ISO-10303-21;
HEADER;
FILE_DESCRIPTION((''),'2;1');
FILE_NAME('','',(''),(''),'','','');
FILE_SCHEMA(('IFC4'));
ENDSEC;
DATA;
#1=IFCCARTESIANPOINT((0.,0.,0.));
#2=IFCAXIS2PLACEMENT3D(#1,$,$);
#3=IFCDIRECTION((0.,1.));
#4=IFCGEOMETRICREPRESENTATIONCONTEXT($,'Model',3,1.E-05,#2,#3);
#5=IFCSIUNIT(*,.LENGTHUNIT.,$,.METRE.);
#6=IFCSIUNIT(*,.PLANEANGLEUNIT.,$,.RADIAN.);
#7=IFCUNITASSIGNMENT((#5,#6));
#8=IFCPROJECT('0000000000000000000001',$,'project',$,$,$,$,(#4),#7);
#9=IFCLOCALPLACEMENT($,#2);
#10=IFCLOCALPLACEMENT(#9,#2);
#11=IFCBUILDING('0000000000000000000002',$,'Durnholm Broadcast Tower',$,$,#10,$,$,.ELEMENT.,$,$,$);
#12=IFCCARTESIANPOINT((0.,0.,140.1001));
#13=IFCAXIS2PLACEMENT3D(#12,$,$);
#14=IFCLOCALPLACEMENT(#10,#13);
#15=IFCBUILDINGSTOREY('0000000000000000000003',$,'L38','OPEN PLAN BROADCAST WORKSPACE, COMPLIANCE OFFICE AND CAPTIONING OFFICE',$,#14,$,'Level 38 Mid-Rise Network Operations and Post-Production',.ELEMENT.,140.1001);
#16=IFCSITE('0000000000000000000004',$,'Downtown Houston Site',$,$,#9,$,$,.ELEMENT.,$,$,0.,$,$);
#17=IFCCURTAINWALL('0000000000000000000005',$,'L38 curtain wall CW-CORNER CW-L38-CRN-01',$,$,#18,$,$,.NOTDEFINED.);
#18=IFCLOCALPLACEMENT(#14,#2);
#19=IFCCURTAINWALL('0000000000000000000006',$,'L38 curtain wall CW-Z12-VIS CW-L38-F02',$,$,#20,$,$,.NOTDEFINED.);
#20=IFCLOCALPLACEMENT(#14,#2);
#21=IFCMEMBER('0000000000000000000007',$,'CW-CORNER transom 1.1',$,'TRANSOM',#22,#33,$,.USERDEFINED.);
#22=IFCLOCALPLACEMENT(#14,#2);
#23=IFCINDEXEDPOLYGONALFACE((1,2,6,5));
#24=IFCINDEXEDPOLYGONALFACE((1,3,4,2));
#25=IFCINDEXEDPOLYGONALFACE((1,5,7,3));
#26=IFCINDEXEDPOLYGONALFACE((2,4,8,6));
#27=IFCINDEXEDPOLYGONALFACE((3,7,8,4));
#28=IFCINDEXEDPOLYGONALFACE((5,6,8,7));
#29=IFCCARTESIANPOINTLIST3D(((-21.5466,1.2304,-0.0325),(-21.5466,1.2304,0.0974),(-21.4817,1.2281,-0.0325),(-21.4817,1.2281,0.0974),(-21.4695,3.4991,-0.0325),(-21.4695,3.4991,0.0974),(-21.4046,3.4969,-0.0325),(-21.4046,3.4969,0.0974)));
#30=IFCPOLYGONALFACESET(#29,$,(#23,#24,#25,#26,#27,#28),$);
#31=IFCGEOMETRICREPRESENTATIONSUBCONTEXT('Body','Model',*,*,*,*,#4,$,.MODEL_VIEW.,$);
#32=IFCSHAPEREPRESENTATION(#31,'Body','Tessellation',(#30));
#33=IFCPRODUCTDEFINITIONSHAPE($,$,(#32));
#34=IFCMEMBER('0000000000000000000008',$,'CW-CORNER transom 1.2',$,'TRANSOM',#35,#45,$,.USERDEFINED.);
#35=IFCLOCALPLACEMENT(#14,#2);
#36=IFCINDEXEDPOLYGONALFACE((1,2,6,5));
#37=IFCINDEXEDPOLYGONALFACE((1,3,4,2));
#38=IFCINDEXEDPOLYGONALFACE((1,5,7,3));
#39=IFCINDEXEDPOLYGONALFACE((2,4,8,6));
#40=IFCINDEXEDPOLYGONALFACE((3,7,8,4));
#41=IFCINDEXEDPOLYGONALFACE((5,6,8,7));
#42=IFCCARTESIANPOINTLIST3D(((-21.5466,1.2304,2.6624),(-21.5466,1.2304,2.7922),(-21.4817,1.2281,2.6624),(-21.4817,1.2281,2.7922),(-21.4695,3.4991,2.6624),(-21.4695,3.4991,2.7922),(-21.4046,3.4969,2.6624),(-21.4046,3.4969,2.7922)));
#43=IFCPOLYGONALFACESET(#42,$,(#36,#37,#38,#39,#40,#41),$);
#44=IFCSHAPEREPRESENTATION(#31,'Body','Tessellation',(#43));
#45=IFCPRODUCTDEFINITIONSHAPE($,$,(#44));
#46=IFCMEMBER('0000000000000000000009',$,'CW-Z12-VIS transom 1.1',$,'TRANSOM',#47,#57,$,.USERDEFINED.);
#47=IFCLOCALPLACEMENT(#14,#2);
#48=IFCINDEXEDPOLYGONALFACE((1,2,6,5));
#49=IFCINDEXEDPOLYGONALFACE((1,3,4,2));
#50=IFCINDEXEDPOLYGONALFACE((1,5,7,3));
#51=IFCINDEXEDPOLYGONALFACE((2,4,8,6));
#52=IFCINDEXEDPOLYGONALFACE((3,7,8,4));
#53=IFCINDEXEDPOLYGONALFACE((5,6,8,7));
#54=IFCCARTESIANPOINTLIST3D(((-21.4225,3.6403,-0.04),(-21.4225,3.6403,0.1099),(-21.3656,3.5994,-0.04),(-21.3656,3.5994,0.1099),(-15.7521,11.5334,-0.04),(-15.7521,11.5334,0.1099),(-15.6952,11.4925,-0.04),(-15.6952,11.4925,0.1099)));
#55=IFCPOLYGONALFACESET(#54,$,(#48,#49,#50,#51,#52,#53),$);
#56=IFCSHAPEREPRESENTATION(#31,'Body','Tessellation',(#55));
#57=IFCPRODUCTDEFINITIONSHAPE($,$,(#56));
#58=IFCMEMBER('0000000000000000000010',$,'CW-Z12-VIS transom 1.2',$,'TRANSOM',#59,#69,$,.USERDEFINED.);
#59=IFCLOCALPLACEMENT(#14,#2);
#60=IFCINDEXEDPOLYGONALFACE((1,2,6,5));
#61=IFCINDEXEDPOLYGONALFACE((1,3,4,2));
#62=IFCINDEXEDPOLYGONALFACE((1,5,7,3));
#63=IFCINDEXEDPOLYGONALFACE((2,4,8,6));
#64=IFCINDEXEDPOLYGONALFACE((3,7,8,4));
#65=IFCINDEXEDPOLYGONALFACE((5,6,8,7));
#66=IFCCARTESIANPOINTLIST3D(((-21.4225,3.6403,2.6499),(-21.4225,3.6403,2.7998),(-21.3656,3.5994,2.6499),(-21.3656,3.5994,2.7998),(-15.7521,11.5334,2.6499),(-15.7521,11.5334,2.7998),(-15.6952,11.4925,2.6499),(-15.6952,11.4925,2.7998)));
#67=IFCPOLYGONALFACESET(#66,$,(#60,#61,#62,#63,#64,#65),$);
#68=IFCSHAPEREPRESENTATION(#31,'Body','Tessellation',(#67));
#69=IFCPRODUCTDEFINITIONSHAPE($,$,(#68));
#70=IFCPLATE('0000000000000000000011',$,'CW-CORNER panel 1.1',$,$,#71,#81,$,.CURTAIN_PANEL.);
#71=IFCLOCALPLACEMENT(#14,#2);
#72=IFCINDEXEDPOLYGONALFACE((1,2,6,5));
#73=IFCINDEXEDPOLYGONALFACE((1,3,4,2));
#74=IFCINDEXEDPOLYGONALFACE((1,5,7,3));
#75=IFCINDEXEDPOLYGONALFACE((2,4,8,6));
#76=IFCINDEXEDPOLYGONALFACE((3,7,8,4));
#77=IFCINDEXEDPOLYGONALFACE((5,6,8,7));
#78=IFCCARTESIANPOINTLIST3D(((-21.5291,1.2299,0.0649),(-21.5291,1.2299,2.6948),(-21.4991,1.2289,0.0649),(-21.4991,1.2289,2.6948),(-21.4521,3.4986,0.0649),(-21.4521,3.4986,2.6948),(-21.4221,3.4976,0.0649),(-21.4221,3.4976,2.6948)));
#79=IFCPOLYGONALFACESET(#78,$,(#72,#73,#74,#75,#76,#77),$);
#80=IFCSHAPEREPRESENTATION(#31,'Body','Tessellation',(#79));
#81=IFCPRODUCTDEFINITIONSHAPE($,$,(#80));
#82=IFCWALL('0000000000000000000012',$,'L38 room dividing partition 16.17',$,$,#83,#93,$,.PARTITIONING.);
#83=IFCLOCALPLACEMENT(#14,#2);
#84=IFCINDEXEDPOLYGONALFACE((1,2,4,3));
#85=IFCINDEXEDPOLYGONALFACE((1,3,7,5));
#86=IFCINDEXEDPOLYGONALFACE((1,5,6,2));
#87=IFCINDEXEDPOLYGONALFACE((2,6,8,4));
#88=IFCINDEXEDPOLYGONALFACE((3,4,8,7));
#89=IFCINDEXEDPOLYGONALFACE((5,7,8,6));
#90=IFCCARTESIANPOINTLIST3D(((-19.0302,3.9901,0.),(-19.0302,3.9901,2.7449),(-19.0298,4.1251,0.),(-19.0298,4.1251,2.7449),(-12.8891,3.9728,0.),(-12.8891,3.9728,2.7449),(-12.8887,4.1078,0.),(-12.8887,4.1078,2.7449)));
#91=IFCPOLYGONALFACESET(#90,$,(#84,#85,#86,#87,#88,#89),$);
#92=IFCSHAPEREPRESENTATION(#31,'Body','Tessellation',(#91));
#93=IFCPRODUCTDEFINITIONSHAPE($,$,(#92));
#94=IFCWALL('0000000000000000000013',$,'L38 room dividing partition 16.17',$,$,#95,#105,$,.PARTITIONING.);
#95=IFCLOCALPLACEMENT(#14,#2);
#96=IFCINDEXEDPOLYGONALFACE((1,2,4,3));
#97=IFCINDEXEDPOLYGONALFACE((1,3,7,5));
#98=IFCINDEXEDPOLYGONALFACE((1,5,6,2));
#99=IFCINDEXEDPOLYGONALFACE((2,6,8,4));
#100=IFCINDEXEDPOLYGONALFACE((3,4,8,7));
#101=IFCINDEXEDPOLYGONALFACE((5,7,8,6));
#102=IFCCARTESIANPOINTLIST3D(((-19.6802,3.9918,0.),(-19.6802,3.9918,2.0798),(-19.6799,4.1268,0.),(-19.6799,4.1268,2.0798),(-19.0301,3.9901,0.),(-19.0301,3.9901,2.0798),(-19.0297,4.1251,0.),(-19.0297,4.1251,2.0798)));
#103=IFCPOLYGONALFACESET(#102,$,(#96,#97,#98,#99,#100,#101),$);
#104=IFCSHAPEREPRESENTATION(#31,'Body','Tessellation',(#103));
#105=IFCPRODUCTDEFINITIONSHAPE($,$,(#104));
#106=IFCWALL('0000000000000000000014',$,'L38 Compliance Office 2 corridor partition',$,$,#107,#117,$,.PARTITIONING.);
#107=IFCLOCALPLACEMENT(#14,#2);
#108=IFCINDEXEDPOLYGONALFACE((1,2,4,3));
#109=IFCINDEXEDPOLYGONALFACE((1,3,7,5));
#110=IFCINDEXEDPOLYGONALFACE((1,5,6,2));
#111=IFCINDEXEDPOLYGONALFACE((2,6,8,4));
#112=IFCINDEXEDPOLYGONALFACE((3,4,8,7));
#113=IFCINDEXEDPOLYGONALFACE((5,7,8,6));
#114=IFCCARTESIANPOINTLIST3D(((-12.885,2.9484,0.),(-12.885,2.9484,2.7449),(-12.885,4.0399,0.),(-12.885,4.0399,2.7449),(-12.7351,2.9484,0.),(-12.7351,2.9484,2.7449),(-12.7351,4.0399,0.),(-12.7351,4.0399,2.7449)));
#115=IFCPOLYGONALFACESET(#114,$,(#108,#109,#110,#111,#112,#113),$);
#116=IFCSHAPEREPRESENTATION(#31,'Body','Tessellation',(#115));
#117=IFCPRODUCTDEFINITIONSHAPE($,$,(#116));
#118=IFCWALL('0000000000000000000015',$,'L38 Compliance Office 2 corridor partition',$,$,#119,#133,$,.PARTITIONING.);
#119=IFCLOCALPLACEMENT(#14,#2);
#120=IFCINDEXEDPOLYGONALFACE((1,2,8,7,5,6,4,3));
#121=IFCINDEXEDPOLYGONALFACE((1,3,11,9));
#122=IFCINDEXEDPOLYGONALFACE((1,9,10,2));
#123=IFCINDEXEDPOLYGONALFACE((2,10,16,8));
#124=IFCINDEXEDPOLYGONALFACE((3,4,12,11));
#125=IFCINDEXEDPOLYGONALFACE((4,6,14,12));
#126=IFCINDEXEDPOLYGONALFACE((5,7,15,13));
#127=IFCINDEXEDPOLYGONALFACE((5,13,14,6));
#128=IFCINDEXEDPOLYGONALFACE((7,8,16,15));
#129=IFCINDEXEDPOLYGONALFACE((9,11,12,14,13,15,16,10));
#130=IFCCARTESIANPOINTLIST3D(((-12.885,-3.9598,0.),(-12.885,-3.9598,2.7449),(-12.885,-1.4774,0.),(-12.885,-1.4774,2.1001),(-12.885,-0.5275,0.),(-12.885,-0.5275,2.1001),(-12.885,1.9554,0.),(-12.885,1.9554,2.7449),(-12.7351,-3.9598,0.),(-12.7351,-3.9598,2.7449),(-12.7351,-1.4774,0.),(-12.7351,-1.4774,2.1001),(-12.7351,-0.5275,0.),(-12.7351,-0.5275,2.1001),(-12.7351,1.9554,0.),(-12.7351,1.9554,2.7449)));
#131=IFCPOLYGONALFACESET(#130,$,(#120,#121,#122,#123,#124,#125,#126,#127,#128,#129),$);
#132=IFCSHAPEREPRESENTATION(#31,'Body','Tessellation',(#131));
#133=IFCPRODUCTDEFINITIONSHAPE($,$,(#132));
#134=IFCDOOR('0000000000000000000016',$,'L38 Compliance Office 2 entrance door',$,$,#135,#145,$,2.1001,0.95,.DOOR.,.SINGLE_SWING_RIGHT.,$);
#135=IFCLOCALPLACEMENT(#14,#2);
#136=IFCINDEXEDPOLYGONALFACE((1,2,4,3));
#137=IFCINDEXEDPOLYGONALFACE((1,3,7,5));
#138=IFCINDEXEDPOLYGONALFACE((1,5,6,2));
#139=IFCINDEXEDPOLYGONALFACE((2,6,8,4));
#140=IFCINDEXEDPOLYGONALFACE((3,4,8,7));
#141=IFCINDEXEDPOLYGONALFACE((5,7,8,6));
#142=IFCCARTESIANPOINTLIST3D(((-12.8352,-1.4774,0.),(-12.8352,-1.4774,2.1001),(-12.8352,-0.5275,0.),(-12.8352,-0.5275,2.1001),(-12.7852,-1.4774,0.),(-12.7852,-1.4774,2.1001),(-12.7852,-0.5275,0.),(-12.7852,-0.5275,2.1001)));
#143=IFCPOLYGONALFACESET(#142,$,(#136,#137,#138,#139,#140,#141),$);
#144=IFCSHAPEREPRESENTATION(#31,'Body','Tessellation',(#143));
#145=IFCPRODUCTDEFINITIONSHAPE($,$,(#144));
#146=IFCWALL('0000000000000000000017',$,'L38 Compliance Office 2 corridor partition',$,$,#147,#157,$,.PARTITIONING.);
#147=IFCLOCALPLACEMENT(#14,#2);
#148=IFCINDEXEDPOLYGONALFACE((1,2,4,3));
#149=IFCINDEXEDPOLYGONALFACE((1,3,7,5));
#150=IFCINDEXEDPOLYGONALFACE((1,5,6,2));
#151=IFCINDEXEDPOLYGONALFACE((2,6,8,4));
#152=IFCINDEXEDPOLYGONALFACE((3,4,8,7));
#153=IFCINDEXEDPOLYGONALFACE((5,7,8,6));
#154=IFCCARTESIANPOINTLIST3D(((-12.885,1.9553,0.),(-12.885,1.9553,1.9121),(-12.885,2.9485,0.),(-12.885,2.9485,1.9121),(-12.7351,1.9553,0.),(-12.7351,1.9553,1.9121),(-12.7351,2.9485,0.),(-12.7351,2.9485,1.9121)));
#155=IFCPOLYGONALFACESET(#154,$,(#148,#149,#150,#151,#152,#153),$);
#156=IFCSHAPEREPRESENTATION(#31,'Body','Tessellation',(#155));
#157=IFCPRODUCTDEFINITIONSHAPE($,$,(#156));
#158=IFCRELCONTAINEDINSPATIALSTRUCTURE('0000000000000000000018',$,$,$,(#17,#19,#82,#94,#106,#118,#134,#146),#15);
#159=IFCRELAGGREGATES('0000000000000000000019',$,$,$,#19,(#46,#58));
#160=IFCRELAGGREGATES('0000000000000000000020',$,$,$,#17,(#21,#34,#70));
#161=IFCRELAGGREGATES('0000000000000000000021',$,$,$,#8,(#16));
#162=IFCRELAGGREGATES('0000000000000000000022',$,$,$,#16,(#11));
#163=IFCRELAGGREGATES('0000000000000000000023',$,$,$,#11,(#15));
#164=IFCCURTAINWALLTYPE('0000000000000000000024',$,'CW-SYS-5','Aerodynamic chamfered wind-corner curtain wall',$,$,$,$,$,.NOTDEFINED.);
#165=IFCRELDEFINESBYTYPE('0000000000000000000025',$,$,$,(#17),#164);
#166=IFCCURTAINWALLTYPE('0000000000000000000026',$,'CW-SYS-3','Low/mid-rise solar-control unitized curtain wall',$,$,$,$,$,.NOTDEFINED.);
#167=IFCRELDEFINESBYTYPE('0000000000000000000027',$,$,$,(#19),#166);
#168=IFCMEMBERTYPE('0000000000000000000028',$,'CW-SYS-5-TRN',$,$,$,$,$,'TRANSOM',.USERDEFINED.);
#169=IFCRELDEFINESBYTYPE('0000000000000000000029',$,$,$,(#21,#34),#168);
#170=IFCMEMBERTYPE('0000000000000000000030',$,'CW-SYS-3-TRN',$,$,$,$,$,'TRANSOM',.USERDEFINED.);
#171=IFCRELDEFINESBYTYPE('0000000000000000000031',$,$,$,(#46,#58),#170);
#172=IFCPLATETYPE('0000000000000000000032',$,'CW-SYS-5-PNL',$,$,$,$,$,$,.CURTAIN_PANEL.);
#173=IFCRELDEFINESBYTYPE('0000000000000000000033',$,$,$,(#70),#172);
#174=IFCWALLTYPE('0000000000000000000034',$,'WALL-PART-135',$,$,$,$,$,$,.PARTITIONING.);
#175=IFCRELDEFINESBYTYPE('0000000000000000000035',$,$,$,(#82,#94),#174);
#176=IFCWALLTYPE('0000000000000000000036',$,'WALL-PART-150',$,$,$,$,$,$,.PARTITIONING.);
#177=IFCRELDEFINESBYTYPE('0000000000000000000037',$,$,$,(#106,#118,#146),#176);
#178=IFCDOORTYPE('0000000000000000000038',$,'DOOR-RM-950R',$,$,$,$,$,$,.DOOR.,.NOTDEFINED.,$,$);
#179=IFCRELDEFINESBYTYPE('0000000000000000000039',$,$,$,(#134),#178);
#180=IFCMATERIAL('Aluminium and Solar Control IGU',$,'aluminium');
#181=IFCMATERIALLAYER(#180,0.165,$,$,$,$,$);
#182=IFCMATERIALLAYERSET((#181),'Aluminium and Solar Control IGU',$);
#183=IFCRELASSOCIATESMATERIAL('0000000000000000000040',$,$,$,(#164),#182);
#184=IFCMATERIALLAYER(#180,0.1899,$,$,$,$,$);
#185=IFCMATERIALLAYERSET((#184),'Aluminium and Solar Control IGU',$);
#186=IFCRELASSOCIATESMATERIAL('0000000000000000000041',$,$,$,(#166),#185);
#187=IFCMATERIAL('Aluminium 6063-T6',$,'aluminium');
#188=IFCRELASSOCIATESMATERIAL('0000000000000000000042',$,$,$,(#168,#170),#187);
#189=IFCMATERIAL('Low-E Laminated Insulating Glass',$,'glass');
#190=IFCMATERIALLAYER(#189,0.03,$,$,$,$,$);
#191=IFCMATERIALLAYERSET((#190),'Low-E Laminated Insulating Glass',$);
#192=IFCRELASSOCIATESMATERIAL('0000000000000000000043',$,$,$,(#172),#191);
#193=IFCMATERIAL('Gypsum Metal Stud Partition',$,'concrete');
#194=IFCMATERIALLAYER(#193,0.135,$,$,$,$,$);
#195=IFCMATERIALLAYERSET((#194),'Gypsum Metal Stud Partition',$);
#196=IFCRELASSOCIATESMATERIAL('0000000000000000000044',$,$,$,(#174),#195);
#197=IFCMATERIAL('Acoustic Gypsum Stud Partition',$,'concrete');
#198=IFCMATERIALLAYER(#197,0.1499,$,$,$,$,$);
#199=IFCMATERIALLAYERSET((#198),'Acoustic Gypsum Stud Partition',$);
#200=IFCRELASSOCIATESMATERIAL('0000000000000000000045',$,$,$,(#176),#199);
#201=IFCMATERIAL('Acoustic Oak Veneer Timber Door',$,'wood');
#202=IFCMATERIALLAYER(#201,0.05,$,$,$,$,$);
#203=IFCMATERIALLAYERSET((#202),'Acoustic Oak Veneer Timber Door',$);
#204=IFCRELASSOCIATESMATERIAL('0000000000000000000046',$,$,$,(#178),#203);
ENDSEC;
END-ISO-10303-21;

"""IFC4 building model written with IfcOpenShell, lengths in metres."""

from ifc_helpers import new_model, si_unit, direction, frame, frame_2d, origin, origin_2d, place, context, subcontext, project, spatial, rectangle, extrude, source, transform, mapped, material, layer, layer_set, material_profile, profile_set, type_object, type_shapes, element, fill, aggregate, save


model = new_model("IFC4")

# Units and contexts
model_context = context("Model", 3, precision=1e-05, world=origin(), true_north=direction((0.0, 1.0)))
body_context = subcontext(model_context, "Body", "Model", "MODEL_VIEW")
ifc_project = project(units=[si_unit("LENGTHUNIT", "METRE"), si_unit("PLANEANGLEUNIT", "RADIAN")], contexts=[model_context])

# Site, building, storey
site_placement = place(None, origin())
site = spatial("IfcSite", under=ifc_project, at=site_placement, Name="Downtown Houston Site", CompositionType="ELEMENT", RefElevation=0.0)
building_placement = place(site_placement, origin())
building = spatial("IfcBuilding", under=site, at=building_placement, Name="Durnholm Broadcast Tower", CompositionType="ELEMENT")
storey_placement = place(building_placement, frame((0.0, 0.0, 140.1001)))
storey = spatial("IfcBuildingStorey", under=building, at=storey_placement, Name="L38", Description="OPEN PLAN BROADCAST WORKSPACE, COMPLIANCE OFFICE AND CAPTIONING OFFICE", LongName="Level 38 Mid-Rise Network Operations and Post-Production", CompositionType="ELEMENT", Elevation=140.1001)

# Curtain walls
ifc_material_1 = material(Name="Aluminium and Solar Control IGU", Category="aluminium")
ifc_layer_1 = layer(ifc_material_1, 0.165)
ifc_layer_set_1 = layer_set([ifc_layer_1], Name="Aluminium and Solar Control IGU")
curtain_wall_type_1 = type_object("IfcCurtainWallType", Name="CW-SYS-5", Description="Aerodynamic chamfered wind-corner curtain wall", PredefinedType="NOTDEFINED", material=ifc_layer_set_1)
curtain_wall_1_placement = place(storey_placement, origin())
curtain_wall_1 = element("IfcCurtainWall", 1, at=curtain_wall_1_placement, inside=storey, type_object=curtain_wall_type_1, Name="L38 curtain wall CW-CORNER CW-L38-CRN-01", PredefinedType="NOTDEFINED")
ifc_material_2 = material(Name="Aluminium 6063-T6", Category="aluminium")
ifc_layer_2 = layer(ifc_material_1, 0.1899)
ifc_layer_set_2 = layer_set([ifc_layer_2], Name="Aluminium and Solar Control IGU")
curtain_wall_type_2 = type_object("IfcCurtainWallType", Name="CW-SYS-3", Description="Low/mid-rise solar-control unitized curtain wall", PredefinedType="NOTDEFINED", material=ifc_layer_set_2)
curtain_wall_2_placement = place(storey_placement, origin())
curtain_wall_2 = element("IfcCurtainWall", 2, at=curtain_wall_2_placement, inside=storey, type_object=curtain_wall_type_2, Name="L38 curtain wall CW-Z12-VIS CW-L38-F02", PredefinedType="NOTDEFINED")

# Members
ifc_material_profile_1 = material_profile(ifc_material_2, rectangle(XDim=0.0649, YDim=0.1299, at=origin_2d()), Name="CWT65X130")
ifc_profile_set_1 = profile_set([ifc_material_profile_1], Name="Aluminium 6063-T6")
member_type_1 = type_object("IfcMemberType", Name="CW-SYS-5-TRN", ElementType="TRANSOM", PredefinedType="USERDEFINED", material=ifc_profile_set_1)
shared_shape_1 = source(origin(), body_context, "Body", "SweptSolid", [
    extrude(rectangle(XDim=0.0649, YDim=0.1299, at=origin_2d()), origin(), (0.0, 0.0, 1.0), 2.27),
])
type_shapes(member_type_1, [shared_shape_1])
member_1_placement = place(storey_placement, frame((-21.5142, 1.2292, 0.0325), z_axis=(0.033984, 0.999422, 0.0), x_axis=(-0.999422, 0.033984, 0.0)))
member_1 = element("IfcMember", 3, at=member_1_placement, type_object=member_type_1, Name="CW-CORNER transom 1.1", ObjectType="TRANSOM", PredefinedType="USERDEFINED", context=body_context, shape_type="MappedRepresentation", body=[
    mapped(shared_shape_1, transform((0.0, 0.0, 0.0), x_axis=(1.0, 0.0, 0.0), y_axis=(0.0, 1.0, 0.0), z_axis=(0.0, 0.0, 1.0), scale=1.0)),
])
member_2_placement = place(storey_placement, frame((-21.5142, 1.2292, 2.7273), z_axis=(0.033984, 0.999422, 0.0), x_axis=(-0.999422, 0.033984, 0.0)))
member_2 = element("IfcMember", 4, at=member_2_placement, type_object=member_type_1, Name="CW-CORNER transom 1.2", ObjectType="TRANSOM", PredefinedType="USERDEFINED", context=body_context, shape_type="MappedRepresentation", body=[
    mapped(shared_shape_1, transform((0.0, 0.0, 0.0), x_axis=(1.0, 0.0, 0.0), y_axis=(0.0, 1.0, 0.0), z_axis=(0.0, 0.0, 1.0), scale=1.0)),
])
ifc_material_profile_2 = material_profile(ifc_material_2, rectangle(XDim=0.0701, YDim=0.1499, at=origin_2d()), Name="CWT70X150")
ifc_profile_set_2 = profile_set([ifc_material_profile_2], Name="Aluminium 6063-T6")
member_type_2 = type_object("IfcMemberType", Name="CW-SYS-3-TRN", ElementType="TRANSOM", PredefinedType="USERDEFINED", material=ifc_profile_set_2)
shared_shape_2 = source(origin(), body_context, "Body", "SweptSolid", [
    extrude(rectangle(XDim=0.0701, YDim=0.1499, at=origin_2d()), origin(), (0.0, 0.0, 1.0), 9.7188),
])
type_shapes(member_type_2, [shared_shape_2])
member_3_placement = place(storey_placement, frame((-21.394, 3.6199, 0.0349), z_axis=(0.583451, 0.812149, 0.0), x_axis=(-0.812149, 0.583451, 0.0)))
member_3 = element("IfcMember", 5, at=member_3_placement, type_object=member_type_2, Name="CW-Z12-VIS transom 1.1", ObjectType="TRANSOM", PredefinedType="USERDEFINED", context=body_context, shape_type="MappedRepresentation", body=[
    mapped(shared_shape_2, transform((0.0, 0.0, 0.0), x_axis=(1.0, 0.0, 0.0), y_axis=(0.0, 1.0, 0.0), z_axis=(0.0, 0.0, 1.0), scale=1.0)),
])
member_4_placement = place(storey_placement, frame((-21.394, 3.6199, 2.7249), z_axis=(0.583451, 0.812149, 0.0), x_axis=(-0.812149, 0.583451, 0.0)))
member_4 = element("IfcMember", 6, at=member_4_placement, type_object=member_type_2, Name="CW-Z12-VIS transom 1.2", ObjectType="TRANSOM", PredefinedType="USERDEFINED", context=body_context, shape_type="MappedRepresentation", body=[
    mapped(shared_shape_2, transform((0.0, 0.0, 0.0), x_axis=(1.0, 0.0, 0.0), y_axis=(0.0, 1.0, 0.0), z_axis=(0.0, 0.0, 1.0), scale=1.0)),
])
aggregate(curtain_wall_2, [member_3, member_4])

# Plate
ifc_material_3 = material(Name="Low-E Laminated Insulating Glass", Category="glass")
ifc_layer_3 = layer(ifc_material_3, 0.03)
ifc_layer_set_3 = layer_set([ifc_layer_3], Name="Low-E Laminated Insulating Glass")
plate_type = type_object("IfcPlateType", Name="CW-SYS-5-PNL", PredefinedType="CURTAIN_PANEL", material=ifc_layer_set_3)
shared_shape_3 = source(origin(), body_context, "Body", "SweptSolid", [
    extrude(rectangle(XDim=2.27, YDim=0.03, at=origin_2d()), origin(), (0.0, 0.0, 1.0), 2.6299),
])
type_shapes(plate_type, [shared_shape_3])
plate_placement = place(storey_placement, frame((-21.4756, 2.3638, 0.0649), z_axis=(0.0, 0.0, 1.0), x_axis=(0.033917, 0.999425, 0.0)))
plate = element("IfcPlate", 7, at=plate_placement, type_object=plate_type, Name="CW-CORNER panel 1.1", PredefinedType="CURTAIN_PANEL", context=body_context, shape_type="MappedRepresentation", body=[
    mapped(shared_shape_3, transform((0.0, 0.0, 0.0), x_axis=(1.0, 0.0, 0.0), y_axis=(0.0, 1.0, 0.0), z_axis=(0.0, 0.0, 1.0), scale=1.0)),
])
aggregate(curtain_wall_1, [member_1, member_2, plate])

# Walls
ifc_material_4 = material(Name="Gypsum Metal Stud Partition", Category="concrete")
ifc_layer_4 = layer(ifc_material_4, 0.135)
ifc_layer_set_4 = layer_set([ifc_layer_4], Name="Gypsum Metal Stud Partition")
wall_type_1 = type_object("IfcWallType", Name="WALL-PART-135", PredefinedType="PARTITIONING", material=ifc_layer_set_4)
wall_1_placement = place(storey_placement, frame((-19.03, 4.0576, 0.0), z_axis=(0.0, 0.0, 1.0), x_axis=(0.999996, -0.002823, 0.0)))
element("IfcWall", 8, at=wall_1_placement, inside=storey, type_object=wall_type_1, Name="L38 room dividing partition 16.17", PredefinedType="PARTITIONING", context=body_context, shape_type="SweptSolid", body=[
    extrude(rectangle(XDim=6.1411, YDim=0.135, at=frame_2d((3.0706, 0.0))), origin(), (0.0, 0.0, 1.0), 2.7449),
])
wall_2_placement = place(storey_placement, frame((-19.6802, 4.0593, 0.0), z_axis=(0.0, 0.0, 1.0), x_axis=(0.999997, -0.002629, 0.0)))
element("IfcWall", 9, at=wall_2_placement, inside=storey, type_object=wall_type_1, Name="L38 room dividing partition 16.17", PredefinedType="PARTITIONING", context=body_context, shape_type="SweptSolid", body=[
    extrude(rectangle(XDim=0.6501, YDim=0.135, at=frame_2d((0.3252, 0.0))), origin(), (0.0, 0.0, 1.0), 2.0798),
])
ifc_material_5 = material(Name="Acoustic Gypsum Stud Partition", Category="concrete")
ifc_layer_5 = layer(ifc_material_5, 0.1499)
ifc_layer_set_5 = layer_set([ifc_layer_5], Name="Acoustic Gypsum Stud Partition")
wall_type_2 = type_object("IfcWallType", Name="WALL-PART-150", PredefinedType="PARTITIONING", material=ifc_layer_set_5)
wall_3_placement = place(storey_placement, frame((-12.8101, 4.04, 0.0), z_axis=(0.0, 0.0, 1.0), x_axis=(0.0, -1.0, 0.0)))
element("IfcWall", 10, at=wall_3_placement, inside=storey, type_object=wall_type_2, Name="L38 Compliance Office 2 corridor partition", PredefinedType="PARTITIONING", context=body_context, shape_type="SweptSolid", body=[
    extrude(rectangle(XDim=1.0916, YDim=0.1499, at=frame_2d((0.5459, 0.0))), origin(), (0.0, 0.0, 1.0), 2.7449),
])

# Wall, opening, door
wall_4_placement = place(storey_placement, frame((-12.8101, 1.9553, 0.0), z_axis=(0.0, 0.0, 1.0), x_axis=(0.0, -1.0, 0.0)))
wall_4 = element("IfcWall", 11, at=wall_4_placement, inside=storey, type_object=wall_type_2, Name="L38 Compliance Office 2 corridor partition", PredefinedType="PARTITIONING", context=body_context, shape_type="SweptSolid", body=[
    extrude(rectangle(XDim=5.9153, YDim=0.1499, at=frame_2d((2.9575, 0.0))), origin(), (0.0, 0.0, 1.0), 2.7449),
])
opening_placement = place(wall_4_placement, frame((2.4827, 0.0, 0.0)))
opening = element("IfcOpeningElement", 12, at=opening_placement, cuts=wall_4, PredefinedType="OPENING", context=body_context, shape_type="SweptSolid", body=[
    extrude(rectangle(XDim=0.95, YDim=2.1001, at=frame_2d((0.4751, 1.05))), frame((0.0, 0.085, 0.0), z_axis=(0.0, -1.0, 0.0), x_axis=(1.0, 0.0, 0.0)), (0.0, 0.0, 1.0), 0.1699),
])
ifc_material_6 = material(Name="Acoustic Oak Veneer Timber Door", Category="wood")
ifc_layer_6 = layer(ifc_material_6, 0.05)
ifc_layer_set_6 = layer_set([ifc_layer_6], Name="Acoustic Oak Veneer Timber Door")
door_type = type_object("IfcDoorType", Name="DOOR-RM-950R", OperationType="NOTDEFINED", PredefinedType="DOOR", material=ifc_layer_set_6)
shared_shape_4 = source(origin(), body_context, "Body", "SweptSolid", [
    extrude(rectangle(XDim=0.95, YDim=2.1001, at=frame_2d((0.4751, 1.05))), frame((0.0, 0.0249, 0.0), z_axis=(0.0, -1.0, 0.0), x_axis=(1.0, 0.0, 0.0)), (0.0, 0.0, 1.0), 0.05),
])
type_shapes(door_type, [shared_shape_4])
door_placement = place(opening_placement, origin())
door = element("IfcDoor", 13, at=door_placement, inside=storey, type_object=door_type, Name="L38 Compliance Office 2 entrance door", OperationType="SINGLE_SWING_RIGHT", OverallHeight=2.1001, OverallWidth=0.95, PredefinedType="DOOR", context=body_context, shape_type="MappedRepresentation", body=[
    mapped(shared_shape_4, transform((0.0, 0.0, 0.0), x_axis=(1.0, 0.0, 0.0), y_axis=(0.0, 1.0, 0.0), z_axis=(0.0, 0.0, 1.0), scale=1.0)),
])
fill(opening, door)

# Wall
wall_5_placement = place(storey_placement, frame((-12.8101, 2.9485, 0.0), z_axis=(0.0, 0.0, 1.0), x_axis=(0.0, -1.0, 0.0)))
element("IfcWall", 14, at=wall_5_placement, inside=storey, type_object=wall_type_2, Name="L38 Compliance Office 2 corridor partition", PredefinedType="PARTITIONING", context=body_context, shape_type="SweptSolid", body=[
    extrude(rectangle(XDim=0.9932, YDim=0.1499, at=frame_2d((0.4966, 0.0))), origin(), (0.0, 0.0, 1.0), 1.9121),
])

save(model, "model.ifc")
